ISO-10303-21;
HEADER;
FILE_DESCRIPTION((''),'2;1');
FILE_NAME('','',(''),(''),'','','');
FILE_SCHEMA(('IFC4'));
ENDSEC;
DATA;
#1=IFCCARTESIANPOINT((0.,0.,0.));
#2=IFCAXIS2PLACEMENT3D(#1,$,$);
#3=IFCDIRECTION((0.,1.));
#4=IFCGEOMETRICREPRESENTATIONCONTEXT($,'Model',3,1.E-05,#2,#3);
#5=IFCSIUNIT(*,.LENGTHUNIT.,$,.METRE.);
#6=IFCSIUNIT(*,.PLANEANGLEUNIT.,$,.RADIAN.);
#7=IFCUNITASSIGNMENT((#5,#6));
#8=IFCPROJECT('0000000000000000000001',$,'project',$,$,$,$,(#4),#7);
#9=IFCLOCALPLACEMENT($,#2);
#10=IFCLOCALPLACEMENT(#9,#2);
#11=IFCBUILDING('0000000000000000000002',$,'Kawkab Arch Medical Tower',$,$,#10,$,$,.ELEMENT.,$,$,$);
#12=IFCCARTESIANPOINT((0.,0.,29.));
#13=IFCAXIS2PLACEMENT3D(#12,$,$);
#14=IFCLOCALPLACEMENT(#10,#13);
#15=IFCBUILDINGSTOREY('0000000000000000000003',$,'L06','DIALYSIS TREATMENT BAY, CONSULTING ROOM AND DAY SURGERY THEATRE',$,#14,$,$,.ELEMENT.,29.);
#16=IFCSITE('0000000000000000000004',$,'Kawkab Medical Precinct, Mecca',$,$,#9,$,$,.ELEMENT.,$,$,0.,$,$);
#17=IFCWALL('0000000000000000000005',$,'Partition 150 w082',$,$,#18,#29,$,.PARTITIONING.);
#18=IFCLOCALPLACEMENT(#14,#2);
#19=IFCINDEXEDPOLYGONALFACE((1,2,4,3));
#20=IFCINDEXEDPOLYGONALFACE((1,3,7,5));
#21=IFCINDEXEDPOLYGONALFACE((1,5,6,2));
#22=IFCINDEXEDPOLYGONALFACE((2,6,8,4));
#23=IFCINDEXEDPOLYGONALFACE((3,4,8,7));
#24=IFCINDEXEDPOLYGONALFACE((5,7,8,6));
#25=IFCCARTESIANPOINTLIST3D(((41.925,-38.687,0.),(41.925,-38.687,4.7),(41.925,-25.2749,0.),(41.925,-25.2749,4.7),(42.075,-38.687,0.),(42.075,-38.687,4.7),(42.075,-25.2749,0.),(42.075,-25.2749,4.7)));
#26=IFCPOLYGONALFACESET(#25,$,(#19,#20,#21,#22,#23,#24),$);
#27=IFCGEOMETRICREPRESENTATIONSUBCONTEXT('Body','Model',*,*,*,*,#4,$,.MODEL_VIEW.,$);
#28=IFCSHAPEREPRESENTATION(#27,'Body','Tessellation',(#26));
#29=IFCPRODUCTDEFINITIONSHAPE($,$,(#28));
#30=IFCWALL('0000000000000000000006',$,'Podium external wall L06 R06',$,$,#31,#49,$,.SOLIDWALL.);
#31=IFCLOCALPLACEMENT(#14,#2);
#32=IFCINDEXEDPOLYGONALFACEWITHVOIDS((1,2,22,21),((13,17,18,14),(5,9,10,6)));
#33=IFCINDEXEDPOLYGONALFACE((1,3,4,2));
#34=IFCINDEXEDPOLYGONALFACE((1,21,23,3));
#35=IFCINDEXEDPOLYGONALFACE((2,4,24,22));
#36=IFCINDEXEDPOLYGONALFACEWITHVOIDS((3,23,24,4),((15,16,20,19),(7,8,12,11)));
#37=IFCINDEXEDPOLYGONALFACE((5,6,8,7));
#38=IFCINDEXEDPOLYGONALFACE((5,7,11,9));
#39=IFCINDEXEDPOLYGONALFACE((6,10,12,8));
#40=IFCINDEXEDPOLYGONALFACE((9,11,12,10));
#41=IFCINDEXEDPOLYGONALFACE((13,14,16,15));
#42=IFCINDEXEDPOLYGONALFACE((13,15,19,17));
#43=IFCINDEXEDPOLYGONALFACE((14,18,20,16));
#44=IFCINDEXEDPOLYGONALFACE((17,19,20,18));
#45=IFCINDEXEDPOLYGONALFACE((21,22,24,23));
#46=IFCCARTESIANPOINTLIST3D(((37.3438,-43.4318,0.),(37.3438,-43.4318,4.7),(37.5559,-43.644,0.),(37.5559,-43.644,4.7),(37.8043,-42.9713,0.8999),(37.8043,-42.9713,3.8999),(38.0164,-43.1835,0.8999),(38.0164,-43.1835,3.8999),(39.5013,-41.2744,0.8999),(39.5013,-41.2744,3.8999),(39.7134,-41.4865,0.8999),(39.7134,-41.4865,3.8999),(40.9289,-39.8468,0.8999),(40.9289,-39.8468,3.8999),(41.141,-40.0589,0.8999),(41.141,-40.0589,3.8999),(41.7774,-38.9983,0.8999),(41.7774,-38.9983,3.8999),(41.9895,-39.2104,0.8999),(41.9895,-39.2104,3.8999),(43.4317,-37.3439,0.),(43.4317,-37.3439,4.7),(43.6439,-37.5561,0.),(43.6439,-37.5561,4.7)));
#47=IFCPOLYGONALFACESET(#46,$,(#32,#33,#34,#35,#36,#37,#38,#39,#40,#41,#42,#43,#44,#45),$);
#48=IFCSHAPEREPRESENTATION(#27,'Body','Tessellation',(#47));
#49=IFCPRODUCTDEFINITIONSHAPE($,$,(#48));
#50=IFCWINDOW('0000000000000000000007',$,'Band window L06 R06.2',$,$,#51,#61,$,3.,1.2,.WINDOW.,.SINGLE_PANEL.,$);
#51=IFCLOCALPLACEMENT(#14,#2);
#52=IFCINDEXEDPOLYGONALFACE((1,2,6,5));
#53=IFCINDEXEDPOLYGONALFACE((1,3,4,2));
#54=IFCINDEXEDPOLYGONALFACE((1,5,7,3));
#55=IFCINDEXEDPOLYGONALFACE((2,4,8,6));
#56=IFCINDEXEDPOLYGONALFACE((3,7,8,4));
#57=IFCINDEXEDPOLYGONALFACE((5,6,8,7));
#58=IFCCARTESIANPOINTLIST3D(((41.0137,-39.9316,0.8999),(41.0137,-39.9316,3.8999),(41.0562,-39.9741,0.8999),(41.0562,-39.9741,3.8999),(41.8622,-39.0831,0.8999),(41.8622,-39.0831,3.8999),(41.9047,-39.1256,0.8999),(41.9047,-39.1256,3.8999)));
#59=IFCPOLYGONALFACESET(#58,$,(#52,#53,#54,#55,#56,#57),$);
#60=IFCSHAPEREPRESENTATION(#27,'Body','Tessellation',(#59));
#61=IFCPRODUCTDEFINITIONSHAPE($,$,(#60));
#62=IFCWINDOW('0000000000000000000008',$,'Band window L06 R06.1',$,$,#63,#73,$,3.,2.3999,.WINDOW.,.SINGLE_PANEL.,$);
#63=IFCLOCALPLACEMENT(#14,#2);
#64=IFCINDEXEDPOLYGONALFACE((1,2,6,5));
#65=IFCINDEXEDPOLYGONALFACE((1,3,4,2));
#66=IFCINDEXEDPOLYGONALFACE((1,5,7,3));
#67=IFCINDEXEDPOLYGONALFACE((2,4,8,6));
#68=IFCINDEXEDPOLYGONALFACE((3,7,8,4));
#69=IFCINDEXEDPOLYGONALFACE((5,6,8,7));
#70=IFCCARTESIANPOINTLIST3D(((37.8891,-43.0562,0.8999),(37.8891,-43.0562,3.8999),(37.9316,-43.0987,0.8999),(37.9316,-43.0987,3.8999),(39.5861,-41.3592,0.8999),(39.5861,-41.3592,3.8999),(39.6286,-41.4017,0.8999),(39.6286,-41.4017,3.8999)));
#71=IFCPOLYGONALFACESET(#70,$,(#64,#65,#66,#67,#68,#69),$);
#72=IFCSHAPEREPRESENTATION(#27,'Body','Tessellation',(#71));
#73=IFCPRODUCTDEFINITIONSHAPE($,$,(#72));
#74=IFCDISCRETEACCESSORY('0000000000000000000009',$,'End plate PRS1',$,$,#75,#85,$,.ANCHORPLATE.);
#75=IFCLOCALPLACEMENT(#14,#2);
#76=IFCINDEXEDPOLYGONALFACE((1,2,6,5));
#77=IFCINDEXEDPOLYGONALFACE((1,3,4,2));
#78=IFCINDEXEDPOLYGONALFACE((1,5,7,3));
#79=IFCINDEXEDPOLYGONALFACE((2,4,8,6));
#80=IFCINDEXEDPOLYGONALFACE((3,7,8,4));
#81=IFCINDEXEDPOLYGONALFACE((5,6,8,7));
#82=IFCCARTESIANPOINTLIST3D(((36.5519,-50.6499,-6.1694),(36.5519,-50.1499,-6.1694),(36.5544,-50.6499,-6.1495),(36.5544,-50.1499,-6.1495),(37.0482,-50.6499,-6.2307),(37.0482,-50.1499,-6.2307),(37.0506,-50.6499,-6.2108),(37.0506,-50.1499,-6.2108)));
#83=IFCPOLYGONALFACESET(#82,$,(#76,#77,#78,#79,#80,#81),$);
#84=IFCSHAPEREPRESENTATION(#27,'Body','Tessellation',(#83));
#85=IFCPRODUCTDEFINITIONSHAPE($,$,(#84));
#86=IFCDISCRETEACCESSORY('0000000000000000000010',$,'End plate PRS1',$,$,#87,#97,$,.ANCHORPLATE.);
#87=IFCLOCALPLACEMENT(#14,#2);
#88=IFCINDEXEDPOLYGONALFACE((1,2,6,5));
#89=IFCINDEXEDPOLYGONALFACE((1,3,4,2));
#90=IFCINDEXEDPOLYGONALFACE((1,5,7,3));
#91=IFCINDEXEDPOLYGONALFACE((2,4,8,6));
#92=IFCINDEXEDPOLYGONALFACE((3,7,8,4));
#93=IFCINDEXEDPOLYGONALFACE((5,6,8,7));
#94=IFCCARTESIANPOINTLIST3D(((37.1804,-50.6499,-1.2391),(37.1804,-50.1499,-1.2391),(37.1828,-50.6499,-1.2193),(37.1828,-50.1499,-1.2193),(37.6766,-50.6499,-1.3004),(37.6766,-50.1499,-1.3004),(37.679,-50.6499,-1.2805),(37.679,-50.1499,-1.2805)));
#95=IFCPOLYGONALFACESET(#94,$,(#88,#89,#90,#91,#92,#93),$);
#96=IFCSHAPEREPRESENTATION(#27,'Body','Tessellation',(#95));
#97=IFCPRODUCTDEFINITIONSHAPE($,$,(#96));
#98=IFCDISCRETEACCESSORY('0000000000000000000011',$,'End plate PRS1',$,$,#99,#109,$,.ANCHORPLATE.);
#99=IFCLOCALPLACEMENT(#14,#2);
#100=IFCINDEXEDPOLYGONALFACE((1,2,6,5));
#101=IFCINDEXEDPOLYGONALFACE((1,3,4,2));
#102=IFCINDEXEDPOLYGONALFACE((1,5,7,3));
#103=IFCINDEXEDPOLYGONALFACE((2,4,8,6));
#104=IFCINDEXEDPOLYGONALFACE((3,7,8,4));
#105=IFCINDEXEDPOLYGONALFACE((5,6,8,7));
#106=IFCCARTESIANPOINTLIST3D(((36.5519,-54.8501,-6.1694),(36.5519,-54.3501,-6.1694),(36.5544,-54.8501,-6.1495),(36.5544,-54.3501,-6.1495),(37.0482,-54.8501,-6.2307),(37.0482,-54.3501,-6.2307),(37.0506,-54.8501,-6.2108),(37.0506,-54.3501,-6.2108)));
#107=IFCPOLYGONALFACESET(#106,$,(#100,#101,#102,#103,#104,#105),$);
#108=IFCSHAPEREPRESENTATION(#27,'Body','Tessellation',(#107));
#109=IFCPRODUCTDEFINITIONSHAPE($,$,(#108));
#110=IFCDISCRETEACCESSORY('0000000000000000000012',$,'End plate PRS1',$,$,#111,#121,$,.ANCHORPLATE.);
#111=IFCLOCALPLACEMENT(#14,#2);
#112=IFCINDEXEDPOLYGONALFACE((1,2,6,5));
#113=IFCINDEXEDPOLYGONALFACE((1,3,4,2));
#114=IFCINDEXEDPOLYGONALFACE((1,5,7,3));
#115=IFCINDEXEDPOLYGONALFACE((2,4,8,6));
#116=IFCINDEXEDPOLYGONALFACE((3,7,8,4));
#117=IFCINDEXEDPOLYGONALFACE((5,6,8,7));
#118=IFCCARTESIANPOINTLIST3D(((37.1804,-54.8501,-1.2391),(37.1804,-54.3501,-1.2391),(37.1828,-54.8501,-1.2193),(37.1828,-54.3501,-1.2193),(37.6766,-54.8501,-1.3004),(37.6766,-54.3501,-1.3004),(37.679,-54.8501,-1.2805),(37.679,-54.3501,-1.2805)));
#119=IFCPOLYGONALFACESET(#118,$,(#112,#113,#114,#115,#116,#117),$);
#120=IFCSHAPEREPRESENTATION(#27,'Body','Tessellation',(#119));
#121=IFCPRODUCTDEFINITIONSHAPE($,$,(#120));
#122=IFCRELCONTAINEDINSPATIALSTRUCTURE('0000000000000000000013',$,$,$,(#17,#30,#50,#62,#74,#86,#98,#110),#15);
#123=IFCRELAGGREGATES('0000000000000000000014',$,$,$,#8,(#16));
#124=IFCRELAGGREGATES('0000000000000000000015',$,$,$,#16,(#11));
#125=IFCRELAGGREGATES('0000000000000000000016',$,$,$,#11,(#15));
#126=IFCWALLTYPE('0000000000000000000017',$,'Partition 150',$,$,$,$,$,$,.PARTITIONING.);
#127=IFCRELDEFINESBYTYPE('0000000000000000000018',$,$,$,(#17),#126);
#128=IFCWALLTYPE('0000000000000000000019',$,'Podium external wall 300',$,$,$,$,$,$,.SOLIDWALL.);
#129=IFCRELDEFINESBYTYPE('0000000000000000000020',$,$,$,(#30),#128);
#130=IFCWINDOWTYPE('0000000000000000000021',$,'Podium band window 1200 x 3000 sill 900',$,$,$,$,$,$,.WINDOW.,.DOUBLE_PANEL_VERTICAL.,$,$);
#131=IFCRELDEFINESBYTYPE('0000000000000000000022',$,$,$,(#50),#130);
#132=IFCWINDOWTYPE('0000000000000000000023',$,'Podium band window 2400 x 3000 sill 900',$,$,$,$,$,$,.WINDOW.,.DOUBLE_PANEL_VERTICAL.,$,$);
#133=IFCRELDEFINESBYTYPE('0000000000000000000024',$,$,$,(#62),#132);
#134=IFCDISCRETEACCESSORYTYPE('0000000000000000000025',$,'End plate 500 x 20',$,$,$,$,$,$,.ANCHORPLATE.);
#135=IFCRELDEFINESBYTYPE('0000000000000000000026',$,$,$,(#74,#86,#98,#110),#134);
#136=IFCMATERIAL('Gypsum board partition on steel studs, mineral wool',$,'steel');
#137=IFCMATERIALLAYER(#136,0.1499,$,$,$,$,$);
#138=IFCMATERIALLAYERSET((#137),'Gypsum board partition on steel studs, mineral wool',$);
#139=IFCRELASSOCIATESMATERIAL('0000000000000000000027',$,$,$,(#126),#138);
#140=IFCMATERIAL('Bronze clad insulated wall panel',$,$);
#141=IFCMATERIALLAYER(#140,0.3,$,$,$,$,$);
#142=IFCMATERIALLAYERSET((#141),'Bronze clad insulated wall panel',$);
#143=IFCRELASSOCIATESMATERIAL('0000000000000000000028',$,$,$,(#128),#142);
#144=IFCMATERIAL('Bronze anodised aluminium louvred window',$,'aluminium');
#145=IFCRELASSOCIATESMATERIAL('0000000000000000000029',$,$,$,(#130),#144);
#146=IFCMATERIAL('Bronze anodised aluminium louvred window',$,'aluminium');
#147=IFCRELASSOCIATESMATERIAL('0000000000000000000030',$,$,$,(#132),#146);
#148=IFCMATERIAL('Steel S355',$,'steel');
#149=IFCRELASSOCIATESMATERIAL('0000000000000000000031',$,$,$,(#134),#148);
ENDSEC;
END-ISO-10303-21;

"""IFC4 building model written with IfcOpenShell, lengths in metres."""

from ifc_helpers import new_model, si_unit, direction, frame, frame_2d, origin, origin_2d, place, context, subcontext, project, spatial, rectangle, extrude, material, layer, layer_set, material_profile, profile_set, type_object, element, fill, save


model = new_model("IFC4")

# Units and contexts
model_context = context("Model", 3, precision=1e-05, world=origin(), true_north=direction((0.0, 1.0)))
body_context = subcontext(model_context, "Body", "Model", "MODEL_VIEW")
ifc_project = project(units=[si_unit("LENGTHUNIT", "METRE"), si_unit("PLANEANGLEUNIT", "RADIAN")], contexts=[model_context])

# Site, building, storey
site_placement = place(None, origin())
site = spatial("IfcSite", under=ifc_project, at=site_placement, Name="Kawkab Medical Precinct, Mecca", CompositionType="ELEMENT", RefElevation=0.0)
building_placement = place(site_placement, origin())
building = spatial("IfcBuilding", under=site, at=building_placement, Name="Kawkab Arch Medical Tower", CompositionType="ELEMENT")
storey_placement = place(building_placement, frame((0.0, 0.0, 29.0)))
storey = spatial("IfcBuildingStorey", under=building, at=storey_placement, Name="L06", Description="DIALYSIS TREATMENT BAY, CONSULTING ROOM AND DAY SURGERY THEATRE", CompositionType="ELEMENT", Elevation=29.0)

# Wall
ifc_material_1 = material(Name="Gypsum board partition on steel studs, mineral wool", Category="steel")
ifc_layer_1 = layer(ifc_material_1, 0.1499)
ifc_layer_set_1 = layer_set([ifc_layer_1], Name="Gypsum board partition on steel studs, mineral wool")
wall_type_1 = type_object("IfcWallType", Name="Partition 150", PredefinedType="PARTITIONING", material=ifc_layer_set_1)
wall_1_placement = place(storey_placement, frame((42.0, -38.687, 0.0), z_axis=(0.0, 0.0, 1.0), x_axis=(0.0, 1.0, 0.0)))
element("IfcWall", 1, at=wall_1_placement, inside=storey, type_object=wall_type_1, Name="Partition 150 w082", PredefinedType="PARTITIONING", context=body_context, shape_type="SweptSolid", body=[
    extrude(rectangle(XDim=13.4121, YDim=0.1499, at=frame_2d((6.7061, 0.0))), origin(), (0.0, 0.0, 1.0), 4.7),
])

# Wall, openings, windows
ifc_material_2 = material(Name="Bronze clad insulated wall panel")
ifc_layer_2 = layer(ifc_material_2, 0.3)
ifc_layer_set_2 = layer_set([ifc_layer_2], Name="Bronze clad insulated wall panel")
wall_type_2 = type_object("IfcWallType", Name="Podium external wall 300", PredefinedType="SOLIDWALL", material=ifc_layer_set_2)
wall_2_placement = place(storey_placement, frame((37.45, -43.5378, 0.0), z_axis=(0.0, 0.0, 1.0), x_axis=(0.707107, 0.707107, 0.0)))
wall_2 = element("IfcWall", 2, at=wall_2_placement, inside=storey, type_object=wall_type_2, Name="Podium external wall L06 R06", PredefinedType="SOLIDWALL", context=body_context, shape_type="SweptSolid", body=[
    extrude(rectangle(XDim=8.6096, YDim=0.3, at=frame_2d((4.3047, 0.0))), origin(), (0.0, 0.0, 1.0), 4.7),
])
opening_1_placement = place(wall_2_placement, frame((0.6511, 0.0, 0.8999)))
opening_1 = element("IfcOpeningElement", 3, at=opening_1_placement, cuts=wall_2, PredefinedType="OPENING", context=body_context, shape_type="SweptSolid", body=[
    extrude(rectangle(XDim=2.3999, YDim=3.0, at=frame_2d((1.2, 1.5))), frame((0.0, 0.1599, 0.0), z_axis=(0.0, -1.0, 0.0), x_axis=(1.0, 0.0, 0.0)), (0.0, 0.0, 1.0), 0.3201),
])
opening_2_placement = place(wall_2_placement, frame((5.0698, 0.0, 0.8999)))
opening_2 = element("IfcOpeningElement", 4, at=opening_2_placement, cuts=wall_2, PredefinedType="OPENING", context=body_context, shape_type="SweptSolid", body=[
    extrude(rectangle(XDim=1.2, YDim=3.0, at=frame_2d((0.6001, 1.5))), frame((0.0, 0.1599, 0.0), z_axis=(0.0, -1.0, 0.0), x_axis=(1.0, 0.0, 0.0)), (0.0, 0.0, 1.0), 0.3201),
])
ifc_material_3 = material(Name="Bronze anodised aluminium louvred window", Category="aluminium")
window_type_1 = type_object("IfcWindowType", Name="Podium band window 1200 x 3000 sill 900", PartitioningType="DOUBLE_PANEL_VERTICAL", PredefinedType="WINDOW", material=ifc_material_3)
window_1_placement = place(opening_2_placement, origin())
window_1 = element("IfcWindow", 5, at=window_1_placement, inside=storey, type_object=window_type_1, Name="Band window L06 R06.2", OverallHeight=3.0, OverallWidth=1.2, PartitioningType="SINGLE_PANEL", PredefinedType="WINDOW", context=body_context, shape_type="SweptSolid", body=[
    extrude(rectangle(XDim=1.2, YDim=3.0, at=frame_2d((0.6001, 1.5))), frame((0.0, 0.03, 0.0), z_axis=(0.0, -1.0, 0.0), x_axis=(1.0, 0.0, 0.0)), (0.0, 0.0, 1.0), 0.0601),
])
fill(opening_2, window_1)
ifc_material_4 = material(Name="Bronze anodised aluminium louvred window", Category="aluminium")
window_type_2 = type_object("IfcWindowType", Name="Podium band window 2400 x 3000 sill 900", PartitioningType="DOUBLE_PANEL_VERTICAL", PredefinedType="WINDOW", material=ifc_material_4)
window_2_placement = place(opening_1_placement, origin())
window_2 = element("IfcWindow", 6, at=window_2_placement, inside=storey, type_object=window_type_2, Name="Band window L06 R06.1", OverallHeight=3.0, OverallWidth=2.3999, PartitioningType="SINGLE_PANEL", PredefinedType="WINDOW", context=body_context, shape_type="SweptSolid", body=[
    extrude(rectangle(XDim=2.3999, YDim=3.0, at=frame_2d((1.2, 1.5))), frame((0.0, 0.03, 0.0), z_axis=(0.0, -1.0, 0.0), x_axis=(1.0, 0.0, 0.0)), (0.0, 0.0, 1.0), 0.0601),
])
fill(opening_1, window_2)

# Discrete accessories
ifc_material_5 = material(Name="Steel S355", Category="steel")
ifc_material_profile_1 = material_profile(ifc_material_5, rectangle(XDim=0.5, YDim=0.5, at=origin_2d()), Name="End plate 500 x 20")
ifc_profile_set_1 = profile_set([ifc_material_profile_1], Name="Steel S355")
discrete_accessory_type = type_object("IfcDiscreteAccessoryType", Name="End plate 500 x 20", PredefinedType="ANCHORPLATE", material=ifc_profile_set_1)
for number, where, z_axis, x_axis, name in (
    (7, (36.8025, -50.3999, -6.1802), (-0.122527, 0.0, -0.992465), (0.0, -1.0, 0.0), "End plate PRS1"),
    (8, (37.4285, -50.3999, -1.2698), (0.122527, 0.0, 0.992465), (0.0, 1.0, 0.0), "End plate PRS1"),
    (9, (36.8025, -54.6001, -6.1802), (-0.122527, 0.0, -0.992465), (0.0, -1.0, 0.0), "End plate PRS1"),
    (10, (37.4285, -54.6001, -1.2698), (0.122527, 0.0, 0.992465), (0.0, 1.0, 0.0), "End plate PRS1"),
):
    element("IfcDiscreteAccessory", number, at=place(storey_placement, frame(where, z_axis=z_axis, x_axis=x_axis)), inside=storey, type_object=discrete_accessory_type, Name=name, PredefinedType="ANCHORPLATE", context=body_context, shape_type="SweptSolid", body=[
        extrude(rectangle(XDim=0.5, YDim=0.5, at=origin_2d()), origin(), (0.0, 0.0, 1.0), 0.02),
    ])

save(model, "model.ifc")
